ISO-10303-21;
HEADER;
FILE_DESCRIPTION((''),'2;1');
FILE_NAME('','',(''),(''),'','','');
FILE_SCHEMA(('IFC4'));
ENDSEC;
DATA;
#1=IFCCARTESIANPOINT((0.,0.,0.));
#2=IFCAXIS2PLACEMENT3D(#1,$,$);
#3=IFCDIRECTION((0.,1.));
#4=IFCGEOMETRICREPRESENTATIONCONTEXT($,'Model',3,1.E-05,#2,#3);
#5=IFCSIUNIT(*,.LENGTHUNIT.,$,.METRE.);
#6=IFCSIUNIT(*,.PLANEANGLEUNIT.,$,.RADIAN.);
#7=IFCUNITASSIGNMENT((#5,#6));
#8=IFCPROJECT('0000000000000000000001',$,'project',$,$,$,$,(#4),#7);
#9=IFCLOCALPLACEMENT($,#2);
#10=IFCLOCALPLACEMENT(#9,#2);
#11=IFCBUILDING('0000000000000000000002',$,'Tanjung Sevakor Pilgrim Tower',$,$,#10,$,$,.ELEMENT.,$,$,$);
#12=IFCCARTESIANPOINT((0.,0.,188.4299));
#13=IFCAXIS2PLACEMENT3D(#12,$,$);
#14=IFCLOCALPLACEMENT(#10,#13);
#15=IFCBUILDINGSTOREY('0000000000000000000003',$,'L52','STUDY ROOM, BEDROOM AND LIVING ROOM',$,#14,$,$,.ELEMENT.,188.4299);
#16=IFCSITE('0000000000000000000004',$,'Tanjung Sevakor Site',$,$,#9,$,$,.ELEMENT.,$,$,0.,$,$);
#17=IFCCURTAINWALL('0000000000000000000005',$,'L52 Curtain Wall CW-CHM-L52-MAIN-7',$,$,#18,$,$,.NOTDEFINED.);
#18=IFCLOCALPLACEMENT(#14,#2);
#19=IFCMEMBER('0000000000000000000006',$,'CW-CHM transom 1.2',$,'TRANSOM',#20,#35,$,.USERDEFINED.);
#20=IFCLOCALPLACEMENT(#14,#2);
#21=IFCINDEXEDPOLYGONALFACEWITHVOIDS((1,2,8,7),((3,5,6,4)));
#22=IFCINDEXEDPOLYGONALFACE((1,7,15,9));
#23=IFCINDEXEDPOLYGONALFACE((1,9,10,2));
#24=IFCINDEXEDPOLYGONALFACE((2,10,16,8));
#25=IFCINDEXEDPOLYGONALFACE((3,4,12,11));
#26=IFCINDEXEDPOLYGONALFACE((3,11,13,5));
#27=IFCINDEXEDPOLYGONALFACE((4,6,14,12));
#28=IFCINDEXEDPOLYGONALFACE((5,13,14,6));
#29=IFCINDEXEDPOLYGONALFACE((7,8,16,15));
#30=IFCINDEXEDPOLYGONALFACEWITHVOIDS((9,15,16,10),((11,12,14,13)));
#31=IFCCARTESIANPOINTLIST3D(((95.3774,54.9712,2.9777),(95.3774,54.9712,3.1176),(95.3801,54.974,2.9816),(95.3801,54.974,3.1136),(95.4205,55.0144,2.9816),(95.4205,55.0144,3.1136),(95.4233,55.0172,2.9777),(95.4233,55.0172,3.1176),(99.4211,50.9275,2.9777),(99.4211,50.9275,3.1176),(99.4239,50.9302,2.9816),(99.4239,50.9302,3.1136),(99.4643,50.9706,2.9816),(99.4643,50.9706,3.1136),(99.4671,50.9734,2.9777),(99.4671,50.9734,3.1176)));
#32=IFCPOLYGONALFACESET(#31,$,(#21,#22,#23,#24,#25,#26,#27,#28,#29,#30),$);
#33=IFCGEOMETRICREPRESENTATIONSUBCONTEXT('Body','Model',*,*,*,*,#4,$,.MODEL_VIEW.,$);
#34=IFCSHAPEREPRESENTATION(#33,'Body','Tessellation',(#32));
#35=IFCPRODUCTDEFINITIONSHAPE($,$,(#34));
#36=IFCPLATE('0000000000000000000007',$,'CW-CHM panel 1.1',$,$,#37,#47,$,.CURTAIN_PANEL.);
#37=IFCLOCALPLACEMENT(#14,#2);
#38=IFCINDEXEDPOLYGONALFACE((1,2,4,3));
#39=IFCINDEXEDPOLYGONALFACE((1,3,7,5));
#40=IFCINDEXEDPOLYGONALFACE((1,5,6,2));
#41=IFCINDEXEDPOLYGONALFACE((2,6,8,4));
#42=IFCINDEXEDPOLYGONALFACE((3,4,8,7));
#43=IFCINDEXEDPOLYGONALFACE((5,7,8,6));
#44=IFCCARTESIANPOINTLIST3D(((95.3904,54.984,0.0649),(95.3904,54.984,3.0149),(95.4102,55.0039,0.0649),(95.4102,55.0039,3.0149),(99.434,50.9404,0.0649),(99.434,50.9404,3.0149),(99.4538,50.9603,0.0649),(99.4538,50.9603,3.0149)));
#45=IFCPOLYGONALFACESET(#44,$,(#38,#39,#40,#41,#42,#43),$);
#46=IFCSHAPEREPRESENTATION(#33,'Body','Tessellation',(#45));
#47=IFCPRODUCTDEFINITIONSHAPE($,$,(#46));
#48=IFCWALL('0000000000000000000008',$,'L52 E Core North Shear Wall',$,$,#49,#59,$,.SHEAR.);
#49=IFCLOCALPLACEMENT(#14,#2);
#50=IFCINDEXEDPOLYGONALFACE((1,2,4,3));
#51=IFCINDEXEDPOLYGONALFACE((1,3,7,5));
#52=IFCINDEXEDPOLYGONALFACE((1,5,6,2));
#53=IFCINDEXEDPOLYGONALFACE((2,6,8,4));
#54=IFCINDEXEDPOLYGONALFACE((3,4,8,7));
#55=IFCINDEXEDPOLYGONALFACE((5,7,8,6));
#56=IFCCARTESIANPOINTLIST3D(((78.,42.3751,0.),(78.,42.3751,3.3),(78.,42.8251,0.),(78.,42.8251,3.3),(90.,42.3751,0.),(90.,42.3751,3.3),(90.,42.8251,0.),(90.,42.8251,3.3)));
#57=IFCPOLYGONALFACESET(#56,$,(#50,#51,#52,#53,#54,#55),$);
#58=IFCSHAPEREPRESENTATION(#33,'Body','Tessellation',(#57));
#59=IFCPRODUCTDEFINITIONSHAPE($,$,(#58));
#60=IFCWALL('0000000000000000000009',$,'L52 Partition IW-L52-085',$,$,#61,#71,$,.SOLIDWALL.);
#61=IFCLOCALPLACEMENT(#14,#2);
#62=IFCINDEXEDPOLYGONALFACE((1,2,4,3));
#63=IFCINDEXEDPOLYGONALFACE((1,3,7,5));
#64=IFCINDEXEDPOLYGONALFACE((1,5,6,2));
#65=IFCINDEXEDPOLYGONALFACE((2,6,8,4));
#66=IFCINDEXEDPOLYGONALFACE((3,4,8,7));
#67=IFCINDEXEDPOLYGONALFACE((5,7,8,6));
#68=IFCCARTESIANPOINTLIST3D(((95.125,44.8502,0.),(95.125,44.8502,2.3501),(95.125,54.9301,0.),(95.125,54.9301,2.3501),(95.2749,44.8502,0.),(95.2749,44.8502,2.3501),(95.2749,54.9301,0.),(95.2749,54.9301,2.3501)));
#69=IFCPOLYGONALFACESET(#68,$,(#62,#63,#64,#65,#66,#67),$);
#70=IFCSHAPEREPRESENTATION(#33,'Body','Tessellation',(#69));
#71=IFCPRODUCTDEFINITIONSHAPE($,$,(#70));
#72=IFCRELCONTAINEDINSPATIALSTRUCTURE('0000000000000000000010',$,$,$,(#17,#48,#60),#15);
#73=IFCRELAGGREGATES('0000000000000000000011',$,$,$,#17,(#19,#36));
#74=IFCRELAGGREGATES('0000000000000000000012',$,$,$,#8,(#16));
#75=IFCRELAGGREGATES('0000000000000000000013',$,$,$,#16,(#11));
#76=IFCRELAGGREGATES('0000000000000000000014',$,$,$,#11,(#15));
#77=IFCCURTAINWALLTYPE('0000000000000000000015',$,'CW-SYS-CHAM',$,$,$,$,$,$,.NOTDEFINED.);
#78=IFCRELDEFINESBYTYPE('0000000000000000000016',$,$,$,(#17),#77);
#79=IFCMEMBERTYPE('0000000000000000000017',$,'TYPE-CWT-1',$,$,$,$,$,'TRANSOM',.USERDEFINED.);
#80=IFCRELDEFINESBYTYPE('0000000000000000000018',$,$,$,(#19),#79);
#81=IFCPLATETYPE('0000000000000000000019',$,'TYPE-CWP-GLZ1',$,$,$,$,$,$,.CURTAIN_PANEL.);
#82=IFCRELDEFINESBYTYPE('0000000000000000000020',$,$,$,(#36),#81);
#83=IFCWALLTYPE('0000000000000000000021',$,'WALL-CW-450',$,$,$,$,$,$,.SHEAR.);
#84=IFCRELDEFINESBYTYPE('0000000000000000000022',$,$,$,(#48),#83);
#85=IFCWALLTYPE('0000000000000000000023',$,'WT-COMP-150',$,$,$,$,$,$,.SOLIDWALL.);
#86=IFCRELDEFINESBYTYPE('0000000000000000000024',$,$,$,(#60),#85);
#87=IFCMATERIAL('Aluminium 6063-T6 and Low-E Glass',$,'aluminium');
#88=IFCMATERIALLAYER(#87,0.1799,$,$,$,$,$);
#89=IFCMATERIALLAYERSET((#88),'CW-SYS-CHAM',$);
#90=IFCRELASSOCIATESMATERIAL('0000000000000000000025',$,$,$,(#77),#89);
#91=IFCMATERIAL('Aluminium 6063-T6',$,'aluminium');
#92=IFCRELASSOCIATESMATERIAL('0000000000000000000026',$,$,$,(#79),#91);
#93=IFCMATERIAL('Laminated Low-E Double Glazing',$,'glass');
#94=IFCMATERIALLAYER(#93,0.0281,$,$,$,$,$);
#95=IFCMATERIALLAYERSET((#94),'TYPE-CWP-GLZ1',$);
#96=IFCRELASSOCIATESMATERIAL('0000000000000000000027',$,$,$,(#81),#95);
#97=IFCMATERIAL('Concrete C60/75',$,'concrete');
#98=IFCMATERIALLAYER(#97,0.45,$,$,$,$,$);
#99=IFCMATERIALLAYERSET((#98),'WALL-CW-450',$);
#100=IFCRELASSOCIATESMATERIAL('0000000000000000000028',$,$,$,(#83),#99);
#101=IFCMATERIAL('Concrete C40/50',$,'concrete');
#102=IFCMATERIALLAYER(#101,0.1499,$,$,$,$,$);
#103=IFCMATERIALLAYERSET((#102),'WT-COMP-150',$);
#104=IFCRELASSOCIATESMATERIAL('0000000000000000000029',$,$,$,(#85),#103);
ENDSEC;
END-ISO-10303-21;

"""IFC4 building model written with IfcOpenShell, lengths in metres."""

from ifc_helpers import new_model, si_unit, direction, frame, frame_2d, origin, origin_2d, place, context, subcontext, project, spatial, rectangle, hollow_rectangle, extrude, material, layer, layer_set, material_profile, profile_set, type_object, element, aggregate, save


model = new_model("IFC4")

# Units and contexts
model_context = context("Model", 3, precision=1e-05, world=origin(), true_north=direction((0.0, 1.0)))
body_context = subcontext(model_context, "Body", "Model", "MODEL_VIEW")
ifc_project = project(units=[si_unit("LENGTHUNIT", "METRE"), si_unit("PLANEANGLEUNIT", "RADIAN")], contexts=[model_context])

# Site, building, storey
site_placement = place(None, origin())
site = spatial("IfcSite", under=ifc_project, at=site_placement, Name="Tanjung Sevakor Site", CompositionType="ELEMENT", RefElevation=0.0)
building_placement = place(site_placement, origin())
building = spatial("IfcBuilding", under=site, at=building_placement, Name="Tanjung Sevakor Pilgrim Tower", CompositionType="ELEMENT")
storey_placement = place(building_placement, frame((0.0, 0.0, 188.4299)))
storey = spatial("IfcBuildingStorey", under=building, at=storey_placement, Name="L52", Description="STUDY ROOM, BEDROOM AND LIVING ROOM", CompositionType="ELEMENT", Elevation=188.4299)

# Curtain wall, member, plate
ifc_material_1 = material(Name="Aluminium 6063-T6 and Low-E Glass", Category="aluminium")
ifc_layer_1 = layer(ifc_material_1, 0.1799)
ifc_layer_set_1 = layer_set([ifc_layer_1], Name="CW-SYS-CHAM")
curtain_wall_type = type_object("IfcCurtainWallType", Name="CW-SYS-CHAM", PredefinedType="NOTDEFINED", material=ifc_layer_set_1)
curtain_wall_placement = place(storey_placement, origin())
curtain_wall = element("IfcCurtainWall", 1, at=curtain_wall_placement, inside=storey, type_object=curtain_wall_type, Name="L52 Curtain Wall CW-CHM-L52-MAIN-7", PredefinedType="NOTDEFINED")
ifc_material_2 = material(Name="Aluminium 6063-T6", Category="aluminium")
ifc_material_profile_1 = material_profile(ifc_material_2, hollow_rectangle(XDim=0.0649, YDim=0.1399, WallThickness=0.0039, at=origin_2d()))
ifc_profile_set_1 = profile_set([ifc_material_profile_1], Name="Aluminium 6063-T6")
member_type_1 = type_object("IfcMemberType", Name="TYPE-CWT-1", ElementType="TRANSOM", PredefinedType="USERDEFINED", material=ifc_profile_set_1)
member_1_placement = place(storey_placement, frame((99.4441, 50.9504, 3.0476), z_axis=(-0.707107, 0.707107, 0.0), x_axis=(-0.707107, -0.707107, 0.0)))
member_1 = element("IfcMember", 2, at=member_1_placement, type_object=member_type_1, Name="CW-CHM transom 1.2", ObjectType="TRANSOM", PredefinedType="USERDEFINED", context=body_context, shape_type="SweptSolid", body=[
    extrude(hollow_rectangle(XDim=0.0649, YDim=0.1399, WallThickness=0.0039, at=origin_2d()), origin(), (0.0, 0.0, 1.0), 5.7188),
])
ifc_material_3 = material(Name="Laminated Low-E Double Glazing", Category="glass")
ifc_layer_2 = layer(ifc_material_3, 0.0281)
ifc_layer_set_2 = layer_set([ifc_layer_2], Name="TYPE-CWP-GLZ1")
plate_type = type_object("IfcPlateType", Name="TYPE-CWP-GLZ1", PredefinedType="CURTAIN_PANEL", material=ifc_layer_set_2)
plate_placement = place(storey_placement, frame((97.4221, 52.9722, 0.0649), z_axis=(0.0, 0.0, 1.0), x_axis=(-0.707107, 0.707107, 0.0)))
plate = element("IfcPlate", 3, at=plate_placement, type_object=plate_type, Name="CW-CHM panel 1.1", PredefinedType="CURTAIN_PANEL", context=body_context, shape_type="SweptSolid", body=[
    extrude(rectangle(XDim=5.7185, YDim=0.0281, at=origin_2d()), origin(), (0.0, 0.0, 1.0), 2.95),
])
aggregate(curtain_wall, [member_1, plate])

# Walls
ifc_material_4 = material(Name="Concrete C60/75", Category="concrete")
ifc_layer_3 = layer(ifc_material_4, 0.45)
ifc_layer_set_3 = layer_set([ifc_layer_3], Name="WALL-CW-450")
wall_type_1 = type_object("IfcWallType", Name="WALL-CW-450", PredefinedType="SHEAR", material=ifc_layer_set_3)
wall_1_placement = place(storey_placement, frame((90.0, 42.6001, 0.0), z_axis=(0.0, 0.0, 1.0), x_axis=(-1.0, 0.0, 0.0)))
element("IfcWall", 4, at=wall_1_placement, inside=storey, type_object=wall_type_1, Name="L52 E Core North Shear Wall", PredefinedType="SHEAR", context=body_context, shape_type="SweptSolid", body=[
    extrude(rectangle(XDim=12.0, YDim=0.45, at=frame_2d((6.0, 0.0))), origin(), (0.0, 0.0, 1.0), 3.3),
])
ifc_material_5 = material(Name="Concrete C40/50", Category="concrete")
ifc_layer_4 = layer(ifc_material_5, 0.1499)
ifc_layer_set_4 = layer_set([ifc_layer_4], Name="WT-COMP-150")
wall_type_2 = type_object("IfcWallType", Name="WT-COMP-150", PredefinedType="SOLIDWALL", material=ifc_layer_set_4)
wall_2_placement = place(storey_placement, frame((95.2, 44.8501, 0.0), z_axis=(0.0, 0.0, 1.0), x_axis=(0.0, 1.0, 0.0)))
element("IfcWall", 5, at=wall_2_placement, inside=storey, type_object=wall_type_2, Name="L52 Partition IW-L52-085", PredefinedType="SOLIDWALL", context=body_context, shape_type="SweptSolid", body=[
    extrude(rectangle(XDim=10.0798, YDim=0.1499, at=frame_2d((5.04, 0.0))), origin(), (0.0, 0.0, 1.0), 2.3501),
])

save(model, "model.ifc")
